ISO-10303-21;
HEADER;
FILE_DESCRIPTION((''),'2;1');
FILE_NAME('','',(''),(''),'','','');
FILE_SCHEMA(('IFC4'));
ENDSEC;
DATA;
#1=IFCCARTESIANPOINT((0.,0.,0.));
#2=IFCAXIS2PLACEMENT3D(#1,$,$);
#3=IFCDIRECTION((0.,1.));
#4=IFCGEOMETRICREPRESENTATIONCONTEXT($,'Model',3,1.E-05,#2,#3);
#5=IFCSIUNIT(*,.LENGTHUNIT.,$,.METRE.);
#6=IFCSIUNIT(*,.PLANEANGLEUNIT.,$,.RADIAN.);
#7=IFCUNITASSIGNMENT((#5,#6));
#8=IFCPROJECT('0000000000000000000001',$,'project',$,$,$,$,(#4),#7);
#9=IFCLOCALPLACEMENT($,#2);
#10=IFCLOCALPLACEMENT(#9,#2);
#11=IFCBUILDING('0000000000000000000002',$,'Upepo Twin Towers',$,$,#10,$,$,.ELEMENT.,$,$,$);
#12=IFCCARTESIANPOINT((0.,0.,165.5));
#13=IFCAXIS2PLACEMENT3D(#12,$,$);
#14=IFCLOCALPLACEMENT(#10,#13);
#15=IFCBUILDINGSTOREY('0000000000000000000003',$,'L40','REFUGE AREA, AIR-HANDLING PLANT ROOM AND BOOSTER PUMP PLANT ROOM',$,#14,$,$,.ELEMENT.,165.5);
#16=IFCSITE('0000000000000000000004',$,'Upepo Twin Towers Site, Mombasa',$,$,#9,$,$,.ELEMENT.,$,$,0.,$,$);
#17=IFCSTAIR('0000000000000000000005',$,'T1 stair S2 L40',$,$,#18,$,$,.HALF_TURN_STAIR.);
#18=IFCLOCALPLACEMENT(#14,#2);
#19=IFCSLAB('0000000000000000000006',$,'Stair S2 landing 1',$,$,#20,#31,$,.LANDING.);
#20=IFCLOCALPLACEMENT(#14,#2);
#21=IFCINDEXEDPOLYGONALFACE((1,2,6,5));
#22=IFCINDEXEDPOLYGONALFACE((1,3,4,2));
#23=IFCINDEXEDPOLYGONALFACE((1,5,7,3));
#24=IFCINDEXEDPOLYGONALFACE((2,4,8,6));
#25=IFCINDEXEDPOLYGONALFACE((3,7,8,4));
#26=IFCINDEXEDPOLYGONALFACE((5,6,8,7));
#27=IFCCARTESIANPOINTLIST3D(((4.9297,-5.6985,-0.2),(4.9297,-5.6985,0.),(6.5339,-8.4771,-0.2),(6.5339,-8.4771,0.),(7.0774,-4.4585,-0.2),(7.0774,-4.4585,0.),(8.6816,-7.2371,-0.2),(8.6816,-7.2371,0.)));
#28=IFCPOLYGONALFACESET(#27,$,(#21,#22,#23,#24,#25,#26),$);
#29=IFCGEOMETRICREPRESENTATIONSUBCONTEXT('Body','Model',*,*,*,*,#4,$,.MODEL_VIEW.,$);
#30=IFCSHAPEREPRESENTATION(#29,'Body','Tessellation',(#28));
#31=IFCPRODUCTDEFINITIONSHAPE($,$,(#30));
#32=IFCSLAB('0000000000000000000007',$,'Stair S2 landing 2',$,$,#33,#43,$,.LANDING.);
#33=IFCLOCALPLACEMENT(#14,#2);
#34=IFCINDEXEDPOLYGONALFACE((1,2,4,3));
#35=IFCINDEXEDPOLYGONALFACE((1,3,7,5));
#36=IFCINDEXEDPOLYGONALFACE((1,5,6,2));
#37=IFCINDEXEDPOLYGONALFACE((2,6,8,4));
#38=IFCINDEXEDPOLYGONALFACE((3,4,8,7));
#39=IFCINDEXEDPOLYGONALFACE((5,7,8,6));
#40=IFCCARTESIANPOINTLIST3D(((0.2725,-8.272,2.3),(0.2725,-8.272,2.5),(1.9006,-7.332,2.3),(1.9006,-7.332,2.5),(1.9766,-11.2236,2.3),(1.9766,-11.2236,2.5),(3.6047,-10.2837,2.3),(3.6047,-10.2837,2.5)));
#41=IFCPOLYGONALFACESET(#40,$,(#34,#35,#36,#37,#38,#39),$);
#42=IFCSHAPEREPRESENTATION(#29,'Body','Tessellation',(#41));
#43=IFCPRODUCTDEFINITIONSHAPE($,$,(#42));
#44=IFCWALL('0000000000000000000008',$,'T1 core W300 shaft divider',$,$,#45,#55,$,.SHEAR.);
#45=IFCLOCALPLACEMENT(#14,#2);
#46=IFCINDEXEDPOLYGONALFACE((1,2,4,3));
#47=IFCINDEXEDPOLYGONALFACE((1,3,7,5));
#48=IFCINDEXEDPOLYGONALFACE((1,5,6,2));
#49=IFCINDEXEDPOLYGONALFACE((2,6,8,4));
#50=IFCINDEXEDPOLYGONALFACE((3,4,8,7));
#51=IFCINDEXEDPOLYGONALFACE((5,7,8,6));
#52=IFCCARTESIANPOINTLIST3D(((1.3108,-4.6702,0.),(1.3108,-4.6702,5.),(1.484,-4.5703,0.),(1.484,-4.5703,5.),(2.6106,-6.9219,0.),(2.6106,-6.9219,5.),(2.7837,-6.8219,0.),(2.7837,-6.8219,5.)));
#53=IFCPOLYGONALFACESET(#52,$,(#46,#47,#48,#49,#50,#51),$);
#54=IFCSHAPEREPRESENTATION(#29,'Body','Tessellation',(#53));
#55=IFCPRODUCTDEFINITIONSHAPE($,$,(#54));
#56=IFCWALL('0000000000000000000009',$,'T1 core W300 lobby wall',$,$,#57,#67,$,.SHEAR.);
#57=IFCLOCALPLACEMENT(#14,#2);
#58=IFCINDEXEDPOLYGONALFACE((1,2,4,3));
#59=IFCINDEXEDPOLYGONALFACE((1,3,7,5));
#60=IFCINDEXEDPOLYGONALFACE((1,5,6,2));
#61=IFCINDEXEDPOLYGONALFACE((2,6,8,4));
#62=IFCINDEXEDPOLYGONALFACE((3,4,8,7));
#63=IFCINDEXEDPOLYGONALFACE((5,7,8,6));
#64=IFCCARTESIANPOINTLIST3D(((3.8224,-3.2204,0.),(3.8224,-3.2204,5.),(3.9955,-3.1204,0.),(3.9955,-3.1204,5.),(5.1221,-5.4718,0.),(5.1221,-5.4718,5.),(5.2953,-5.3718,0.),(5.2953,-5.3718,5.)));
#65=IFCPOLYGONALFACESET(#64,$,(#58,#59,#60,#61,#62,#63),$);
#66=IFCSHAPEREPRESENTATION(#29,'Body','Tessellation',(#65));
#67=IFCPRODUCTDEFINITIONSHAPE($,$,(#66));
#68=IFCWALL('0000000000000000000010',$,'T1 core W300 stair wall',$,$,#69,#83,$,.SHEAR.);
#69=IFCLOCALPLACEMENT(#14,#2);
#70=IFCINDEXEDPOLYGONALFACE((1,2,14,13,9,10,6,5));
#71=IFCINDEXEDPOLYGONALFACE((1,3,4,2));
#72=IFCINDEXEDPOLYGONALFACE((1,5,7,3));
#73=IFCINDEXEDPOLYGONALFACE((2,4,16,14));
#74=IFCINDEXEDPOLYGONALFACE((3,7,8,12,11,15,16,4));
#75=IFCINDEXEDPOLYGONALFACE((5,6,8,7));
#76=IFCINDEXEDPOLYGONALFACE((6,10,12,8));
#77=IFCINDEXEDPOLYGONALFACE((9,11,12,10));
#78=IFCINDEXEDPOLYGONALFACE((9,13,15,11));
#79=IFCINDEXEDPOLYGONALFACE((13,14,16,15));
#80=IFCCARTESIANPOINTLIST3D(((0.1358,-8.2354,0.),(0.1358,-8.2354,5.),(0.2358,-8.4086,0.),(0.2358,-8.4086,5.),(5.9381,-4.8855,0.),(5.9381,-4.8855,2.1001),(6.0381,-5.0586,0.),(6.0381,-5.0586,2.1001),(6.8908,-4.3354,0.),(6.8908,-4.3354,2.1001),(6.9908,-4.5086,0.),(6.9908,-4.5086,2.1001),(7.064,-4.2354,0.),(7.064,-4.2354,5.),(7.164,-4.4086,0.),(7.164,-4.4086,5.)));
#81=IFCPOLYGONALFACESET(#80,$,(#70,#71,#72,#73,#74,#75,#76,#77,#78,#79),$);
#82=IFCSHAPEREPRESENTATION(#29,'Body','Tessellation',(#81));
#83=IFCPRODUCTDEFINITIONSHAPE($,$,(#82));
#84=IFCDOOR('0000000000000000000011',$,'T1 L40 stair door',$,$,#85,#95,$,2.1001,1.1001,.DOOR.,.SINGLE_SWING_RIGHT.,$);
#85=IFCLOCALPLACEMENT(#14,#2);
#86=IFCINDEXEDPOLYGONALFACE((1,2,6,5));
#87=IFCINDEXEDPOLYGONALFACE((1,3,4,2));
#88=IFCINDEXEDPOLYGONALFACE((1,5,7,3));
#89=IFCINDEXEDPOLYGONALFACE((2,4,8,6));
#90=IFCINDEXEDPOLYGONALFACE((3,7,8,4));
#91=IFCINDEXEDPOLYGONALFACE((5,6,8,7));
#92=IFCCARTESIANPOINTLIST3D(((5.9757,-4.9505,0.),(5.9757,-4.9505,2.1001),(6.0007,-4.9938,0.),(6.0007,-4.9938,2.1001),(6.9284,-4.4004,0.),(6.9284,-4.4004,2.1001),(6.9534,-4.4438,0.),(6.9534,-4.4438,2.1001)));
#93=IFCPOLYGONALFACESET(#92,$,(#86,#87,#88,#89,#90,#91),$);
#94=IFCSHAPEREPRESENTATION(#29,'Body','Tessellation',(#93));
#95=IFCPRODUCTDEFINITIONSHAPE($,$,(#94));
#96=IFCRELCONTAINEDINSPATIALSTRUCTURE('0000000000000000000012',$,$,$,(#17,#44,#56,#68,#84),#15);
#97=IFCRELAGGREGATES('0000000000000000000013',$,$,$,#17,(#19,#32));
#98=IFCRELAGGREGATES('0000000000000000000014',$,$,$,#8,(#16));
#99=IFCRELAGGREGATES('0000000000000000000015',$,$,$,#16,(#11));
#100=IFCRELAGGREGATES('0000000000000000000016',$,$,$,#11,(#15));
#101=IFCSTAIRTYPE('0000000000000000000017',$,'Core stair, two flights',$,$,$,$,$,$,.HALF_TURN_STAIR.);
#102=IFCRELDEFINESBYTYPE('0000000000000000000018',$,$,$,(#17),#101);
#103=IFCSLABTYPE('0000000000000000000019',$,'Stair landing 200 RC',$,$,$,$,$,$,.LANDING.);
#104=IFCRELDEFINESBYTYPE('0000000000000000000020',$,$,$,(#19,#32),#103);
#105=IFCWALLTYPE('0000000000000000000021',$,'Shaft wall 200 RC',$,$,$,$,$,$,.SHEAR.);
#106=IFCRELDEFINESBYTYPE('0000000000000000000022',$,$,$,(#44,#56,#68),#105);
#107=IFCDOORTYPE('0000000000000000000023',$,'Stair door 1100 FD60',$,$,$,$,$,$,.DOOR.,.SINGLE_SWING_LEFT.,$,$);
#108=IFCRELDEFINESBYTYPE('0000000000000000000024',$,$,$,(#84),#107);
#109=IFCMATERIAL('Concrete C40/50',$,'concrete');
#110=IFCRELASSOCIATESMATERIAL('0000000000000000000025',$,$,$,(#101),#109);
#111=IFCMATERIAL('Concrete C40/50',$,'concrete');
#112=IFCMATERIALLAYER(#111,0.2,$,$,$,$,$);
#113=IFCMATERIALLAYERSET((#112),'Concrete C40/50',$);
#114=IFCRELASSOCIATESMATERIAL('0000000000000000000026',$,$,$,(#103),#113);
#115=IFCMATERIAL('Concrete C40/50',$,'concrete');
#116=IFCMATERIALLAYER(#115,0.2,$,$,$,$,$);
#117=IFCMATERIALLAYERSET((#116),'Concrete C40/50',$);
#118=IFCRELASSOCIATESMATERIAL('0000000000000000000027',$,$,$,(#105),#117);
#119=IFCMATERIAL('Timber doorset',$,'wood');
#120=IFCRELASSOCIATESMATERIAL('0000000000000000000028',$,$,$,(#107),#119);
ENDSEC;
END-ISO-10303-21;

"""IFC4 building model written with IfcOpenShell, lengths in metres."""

from ifc_helpers import new_model, si_unit, direction, frame, frame_2d, origin, place, context, subcontext, project, spatial, polyline, rectangle, outline, extrude, material, layer, layer_set, type_object, element, fill, aggregate, save


model = new_model("IFC4")

# Units and contexts
model_context = context("Model", 3, precision=1e-05, world=origin(), true_north=direction((0.0, 1.0)))
body_context = subcontext(model_context, "Body", "Model", "MODEL_VIEW")
ifc_project = project(units=[si_unit("LENGTHUNIT", "METRE"), si_unit("PLANEANGLEUNIT", "RADIAN")], contexts=[model_context])

# Site, building, storey
site_placement = place(None, origin())
site = spatial("IfcSite", under=ifc_project, at=site_placement, Name="Upepo Twin Towers Site, Mombasa", CompositionType="ELEMENT", RefElevation=0.0)
building_placement = place(site_placement, origin())
building = spatial("IfcBuilding", under=site, at=building_placement, Name="Upepo Twin Towers", CompositionType="ELEMENT")
storey_placement = place(building_placement, frame((0.0, 0.0, 165.5)))
storey = spatial("IfcBuildingStorey", under=building, at=storey_placement, Name="L40", Description="REFUGE AREA, AIR-HANDLING PLANT ROOM AND BOOSTER PUMP PLANT ROOM", CompositionType="ELEMENT", Elevation=165.5)

# Stair, slabs
ifc_material_1 = material(Name="Concrete C40/50", Category="concrete")
stair_type = type_object("IfcStairType", Name="Core stair, two flights", PredefinedType="HALF_TURN_STAIR", material=ifc_material_1)
ifc_material_2 = material(Name="Concrete C40/50", Category="concrete")
ifc_layer_1 = layer(ifc_material_2, 0.2)
ifc_layer_set_1 = layer_set([ifc_layer_1], Name="Concrete C40/50")
slab_type_1 = type_object("IfcSlabType", Name="Stair landing 200 RC", PredefinedType="LANDING", material=ifc_layer_set_1)
stair_1_placement = place(storey_placement, origin())
stair_1 = element("IfcStair", 1, at=stair_1_placement, inside=storey, type_object=stair_type, Name="T1 stair S2 L40", PredefinedType="HALF_TURN_STAIR")
slab_1_placement = place(storey_placement, frame((0.0, 0.0, -0.2)))
slab_1 = element("IfcSlab", 2, at=slab_1_placement, type_object=slab_type_1, Name="Stair S2 landing 1", PredefinedType="LANDING", context=body_context, shape_type="SweptSolid", body=[
    extrude(outline(polyline([(4.9297, -5.6985), (6.5339, -8.4771), (8.6816, -7.2371), (7.0774, -4.4585), (4.9297, -5.6985)])), origin(), (0.0, 0.0, 1.0), 0.2),
])
slab_2_placement = place(storey_placement, frame((0.0, 0.0, 2.3)))
slab_2 = element("IfcSlab", 3, at=slab_2_placement, type_object=slab_type_1, Name="Stair S2 landing 2", PredefinedType="LANDING", context=body_context, shape_type="SweptSolid", body=[
    extrude(outline(polyline([(0.2725, -8.272), (1.9766, -11.2236), (3.6047, -10.2837), (1.9006, -7.332), (0.2725, -8.272)])), origin(), (0.0, 0.0, 1.0), 0.2),
])
aggregate(stair_1, [slab_1, slab_2])

# Walls
ifc_material_3 = material(Name="Concrete C40/50", Category="concrete")
ifc_layer_2 = layer(ifc_material_3, 0.2)
ifc_layer_set_2 = layer_set([ifc_layer_2], Name="Concrete C40/50")
wall_type = type_object("IfcWallType", Name="Shaft wall 200 RC", PredefinedType="SHEAR", material=ifc_layer_set_2)
wall_1_placement = place(storey_placement, frame((1.3975, -4.6204, 0.0), z_axis=(0.0, 0.0, 1.0), x_axis=(0.499937, -0.866062, 0.0)))
element("IfcWall", 4, at=wall_1_placement, inside=storey, type_object=wall_type, Name="T1 core W300 shaft divider", PredefinedType="SHEAR", context=body_context, shape_type="SweptSolid", body=[
    extrude(rectangle(XDim=2.5999, YDim=0.2, at=frame_2d((1.2998, 0.0))), origin(), (0.0, 0.0, 1.0), 5.0),
])
wall_2_placement = place(storey_placement, frame((3.9089, -3.1704, 0.0), z_axis=(0.0, 0.0, 1.0), x_axis=(0.499977, -0.866039, 0.0)))
element("IfcWall", 5, at=wall_2_placement, inside=storey, type_object=wall_type, Name="T1 core W300 lobby wall", PredefinedType="SHEAR", context=body_context, shape_type="SweptSolid", body=[
    extrude(rectangle(XDim=2.5996, YDim=0.2, at=frame_2d((1.2998, 0.0))), origin(), (0.0, 0.0, 1.0), 5.0),
])

# Wall, opening, door
wall_3_placement = place(storey_placement, frame((0.1858, -8.322, 0.0), z_axis=(0.0, 0.0, 1.0), x_axis=(0.866026, 0.499999, 0.0)))
wall_3 = element("IfcWall", 6, at=wall_3_placement, inside=storey, type_object=wall_type, Name="T1 core W300 stair wall", PredefinedType="SHEAR", context=body_context, shape_type="SweptSolid", body=[
    extrude(rectangle(XDim=8.0, YDim=0.2, at=frame_2d((4.0, 0.0))), origin(), (0.0, 0.0, 1.0), 5.0),
])
opening_placement = place(wall_3_placement, frame((6.7, 0.0, 0.0)))
opening = element("IfcOpeningElement", 7, at=opening_placement, cuts=wall_3, PredefinedType="OPENING", context=body_context, shape_type="SweptSolid", body=[
    extrude(rectangle(XDim=1.1001, YDim=2.1001, at=frame_2d((0.55, 1.05))), frame((0.0, 0.1099, 0.0), z_axis=(0.0, -1.0, 0.0), x_axis=(1.0, 0.0, 0.0)), (0.0, 0.0, 1.0), 0.22),
])
ifc_material_4 = material(Name="Timber doorset", Category="wood")
door_type = type_object("IfcDoorType", Name="Stair door 1100 FD60", OperationType="SINGLE_SWING_LEFT", PredefinedType="DOOR", material=ifc_material_4)
door_placement = place(opening_placement, origin())
door = element("IfcDoor", 8, at=door_placement, inside=storey, type_object=door_type, Name="T1 L40 stair door", OperationType="SINGLE_SWING_RIGHT", OverallHeight=2.1001, OverallWidth=1.1001, PredefinedType="DOOR", context=body_context, shape_type="SweptSolid", body=[
    extrude(rectangle(XDim=1.1001, YDim=2.1001, at=frame_2d((0.55, 1.05))), frame((0.0, 0.0249, 0.0), z_axis=(0.0, -1.0, 0.0), x_axis=(1.0, 0.0, 0.0)), (0.0, 0.0, 1.0), 0.05),
])
fill(opening, door)

save(model, "model.ifc")
